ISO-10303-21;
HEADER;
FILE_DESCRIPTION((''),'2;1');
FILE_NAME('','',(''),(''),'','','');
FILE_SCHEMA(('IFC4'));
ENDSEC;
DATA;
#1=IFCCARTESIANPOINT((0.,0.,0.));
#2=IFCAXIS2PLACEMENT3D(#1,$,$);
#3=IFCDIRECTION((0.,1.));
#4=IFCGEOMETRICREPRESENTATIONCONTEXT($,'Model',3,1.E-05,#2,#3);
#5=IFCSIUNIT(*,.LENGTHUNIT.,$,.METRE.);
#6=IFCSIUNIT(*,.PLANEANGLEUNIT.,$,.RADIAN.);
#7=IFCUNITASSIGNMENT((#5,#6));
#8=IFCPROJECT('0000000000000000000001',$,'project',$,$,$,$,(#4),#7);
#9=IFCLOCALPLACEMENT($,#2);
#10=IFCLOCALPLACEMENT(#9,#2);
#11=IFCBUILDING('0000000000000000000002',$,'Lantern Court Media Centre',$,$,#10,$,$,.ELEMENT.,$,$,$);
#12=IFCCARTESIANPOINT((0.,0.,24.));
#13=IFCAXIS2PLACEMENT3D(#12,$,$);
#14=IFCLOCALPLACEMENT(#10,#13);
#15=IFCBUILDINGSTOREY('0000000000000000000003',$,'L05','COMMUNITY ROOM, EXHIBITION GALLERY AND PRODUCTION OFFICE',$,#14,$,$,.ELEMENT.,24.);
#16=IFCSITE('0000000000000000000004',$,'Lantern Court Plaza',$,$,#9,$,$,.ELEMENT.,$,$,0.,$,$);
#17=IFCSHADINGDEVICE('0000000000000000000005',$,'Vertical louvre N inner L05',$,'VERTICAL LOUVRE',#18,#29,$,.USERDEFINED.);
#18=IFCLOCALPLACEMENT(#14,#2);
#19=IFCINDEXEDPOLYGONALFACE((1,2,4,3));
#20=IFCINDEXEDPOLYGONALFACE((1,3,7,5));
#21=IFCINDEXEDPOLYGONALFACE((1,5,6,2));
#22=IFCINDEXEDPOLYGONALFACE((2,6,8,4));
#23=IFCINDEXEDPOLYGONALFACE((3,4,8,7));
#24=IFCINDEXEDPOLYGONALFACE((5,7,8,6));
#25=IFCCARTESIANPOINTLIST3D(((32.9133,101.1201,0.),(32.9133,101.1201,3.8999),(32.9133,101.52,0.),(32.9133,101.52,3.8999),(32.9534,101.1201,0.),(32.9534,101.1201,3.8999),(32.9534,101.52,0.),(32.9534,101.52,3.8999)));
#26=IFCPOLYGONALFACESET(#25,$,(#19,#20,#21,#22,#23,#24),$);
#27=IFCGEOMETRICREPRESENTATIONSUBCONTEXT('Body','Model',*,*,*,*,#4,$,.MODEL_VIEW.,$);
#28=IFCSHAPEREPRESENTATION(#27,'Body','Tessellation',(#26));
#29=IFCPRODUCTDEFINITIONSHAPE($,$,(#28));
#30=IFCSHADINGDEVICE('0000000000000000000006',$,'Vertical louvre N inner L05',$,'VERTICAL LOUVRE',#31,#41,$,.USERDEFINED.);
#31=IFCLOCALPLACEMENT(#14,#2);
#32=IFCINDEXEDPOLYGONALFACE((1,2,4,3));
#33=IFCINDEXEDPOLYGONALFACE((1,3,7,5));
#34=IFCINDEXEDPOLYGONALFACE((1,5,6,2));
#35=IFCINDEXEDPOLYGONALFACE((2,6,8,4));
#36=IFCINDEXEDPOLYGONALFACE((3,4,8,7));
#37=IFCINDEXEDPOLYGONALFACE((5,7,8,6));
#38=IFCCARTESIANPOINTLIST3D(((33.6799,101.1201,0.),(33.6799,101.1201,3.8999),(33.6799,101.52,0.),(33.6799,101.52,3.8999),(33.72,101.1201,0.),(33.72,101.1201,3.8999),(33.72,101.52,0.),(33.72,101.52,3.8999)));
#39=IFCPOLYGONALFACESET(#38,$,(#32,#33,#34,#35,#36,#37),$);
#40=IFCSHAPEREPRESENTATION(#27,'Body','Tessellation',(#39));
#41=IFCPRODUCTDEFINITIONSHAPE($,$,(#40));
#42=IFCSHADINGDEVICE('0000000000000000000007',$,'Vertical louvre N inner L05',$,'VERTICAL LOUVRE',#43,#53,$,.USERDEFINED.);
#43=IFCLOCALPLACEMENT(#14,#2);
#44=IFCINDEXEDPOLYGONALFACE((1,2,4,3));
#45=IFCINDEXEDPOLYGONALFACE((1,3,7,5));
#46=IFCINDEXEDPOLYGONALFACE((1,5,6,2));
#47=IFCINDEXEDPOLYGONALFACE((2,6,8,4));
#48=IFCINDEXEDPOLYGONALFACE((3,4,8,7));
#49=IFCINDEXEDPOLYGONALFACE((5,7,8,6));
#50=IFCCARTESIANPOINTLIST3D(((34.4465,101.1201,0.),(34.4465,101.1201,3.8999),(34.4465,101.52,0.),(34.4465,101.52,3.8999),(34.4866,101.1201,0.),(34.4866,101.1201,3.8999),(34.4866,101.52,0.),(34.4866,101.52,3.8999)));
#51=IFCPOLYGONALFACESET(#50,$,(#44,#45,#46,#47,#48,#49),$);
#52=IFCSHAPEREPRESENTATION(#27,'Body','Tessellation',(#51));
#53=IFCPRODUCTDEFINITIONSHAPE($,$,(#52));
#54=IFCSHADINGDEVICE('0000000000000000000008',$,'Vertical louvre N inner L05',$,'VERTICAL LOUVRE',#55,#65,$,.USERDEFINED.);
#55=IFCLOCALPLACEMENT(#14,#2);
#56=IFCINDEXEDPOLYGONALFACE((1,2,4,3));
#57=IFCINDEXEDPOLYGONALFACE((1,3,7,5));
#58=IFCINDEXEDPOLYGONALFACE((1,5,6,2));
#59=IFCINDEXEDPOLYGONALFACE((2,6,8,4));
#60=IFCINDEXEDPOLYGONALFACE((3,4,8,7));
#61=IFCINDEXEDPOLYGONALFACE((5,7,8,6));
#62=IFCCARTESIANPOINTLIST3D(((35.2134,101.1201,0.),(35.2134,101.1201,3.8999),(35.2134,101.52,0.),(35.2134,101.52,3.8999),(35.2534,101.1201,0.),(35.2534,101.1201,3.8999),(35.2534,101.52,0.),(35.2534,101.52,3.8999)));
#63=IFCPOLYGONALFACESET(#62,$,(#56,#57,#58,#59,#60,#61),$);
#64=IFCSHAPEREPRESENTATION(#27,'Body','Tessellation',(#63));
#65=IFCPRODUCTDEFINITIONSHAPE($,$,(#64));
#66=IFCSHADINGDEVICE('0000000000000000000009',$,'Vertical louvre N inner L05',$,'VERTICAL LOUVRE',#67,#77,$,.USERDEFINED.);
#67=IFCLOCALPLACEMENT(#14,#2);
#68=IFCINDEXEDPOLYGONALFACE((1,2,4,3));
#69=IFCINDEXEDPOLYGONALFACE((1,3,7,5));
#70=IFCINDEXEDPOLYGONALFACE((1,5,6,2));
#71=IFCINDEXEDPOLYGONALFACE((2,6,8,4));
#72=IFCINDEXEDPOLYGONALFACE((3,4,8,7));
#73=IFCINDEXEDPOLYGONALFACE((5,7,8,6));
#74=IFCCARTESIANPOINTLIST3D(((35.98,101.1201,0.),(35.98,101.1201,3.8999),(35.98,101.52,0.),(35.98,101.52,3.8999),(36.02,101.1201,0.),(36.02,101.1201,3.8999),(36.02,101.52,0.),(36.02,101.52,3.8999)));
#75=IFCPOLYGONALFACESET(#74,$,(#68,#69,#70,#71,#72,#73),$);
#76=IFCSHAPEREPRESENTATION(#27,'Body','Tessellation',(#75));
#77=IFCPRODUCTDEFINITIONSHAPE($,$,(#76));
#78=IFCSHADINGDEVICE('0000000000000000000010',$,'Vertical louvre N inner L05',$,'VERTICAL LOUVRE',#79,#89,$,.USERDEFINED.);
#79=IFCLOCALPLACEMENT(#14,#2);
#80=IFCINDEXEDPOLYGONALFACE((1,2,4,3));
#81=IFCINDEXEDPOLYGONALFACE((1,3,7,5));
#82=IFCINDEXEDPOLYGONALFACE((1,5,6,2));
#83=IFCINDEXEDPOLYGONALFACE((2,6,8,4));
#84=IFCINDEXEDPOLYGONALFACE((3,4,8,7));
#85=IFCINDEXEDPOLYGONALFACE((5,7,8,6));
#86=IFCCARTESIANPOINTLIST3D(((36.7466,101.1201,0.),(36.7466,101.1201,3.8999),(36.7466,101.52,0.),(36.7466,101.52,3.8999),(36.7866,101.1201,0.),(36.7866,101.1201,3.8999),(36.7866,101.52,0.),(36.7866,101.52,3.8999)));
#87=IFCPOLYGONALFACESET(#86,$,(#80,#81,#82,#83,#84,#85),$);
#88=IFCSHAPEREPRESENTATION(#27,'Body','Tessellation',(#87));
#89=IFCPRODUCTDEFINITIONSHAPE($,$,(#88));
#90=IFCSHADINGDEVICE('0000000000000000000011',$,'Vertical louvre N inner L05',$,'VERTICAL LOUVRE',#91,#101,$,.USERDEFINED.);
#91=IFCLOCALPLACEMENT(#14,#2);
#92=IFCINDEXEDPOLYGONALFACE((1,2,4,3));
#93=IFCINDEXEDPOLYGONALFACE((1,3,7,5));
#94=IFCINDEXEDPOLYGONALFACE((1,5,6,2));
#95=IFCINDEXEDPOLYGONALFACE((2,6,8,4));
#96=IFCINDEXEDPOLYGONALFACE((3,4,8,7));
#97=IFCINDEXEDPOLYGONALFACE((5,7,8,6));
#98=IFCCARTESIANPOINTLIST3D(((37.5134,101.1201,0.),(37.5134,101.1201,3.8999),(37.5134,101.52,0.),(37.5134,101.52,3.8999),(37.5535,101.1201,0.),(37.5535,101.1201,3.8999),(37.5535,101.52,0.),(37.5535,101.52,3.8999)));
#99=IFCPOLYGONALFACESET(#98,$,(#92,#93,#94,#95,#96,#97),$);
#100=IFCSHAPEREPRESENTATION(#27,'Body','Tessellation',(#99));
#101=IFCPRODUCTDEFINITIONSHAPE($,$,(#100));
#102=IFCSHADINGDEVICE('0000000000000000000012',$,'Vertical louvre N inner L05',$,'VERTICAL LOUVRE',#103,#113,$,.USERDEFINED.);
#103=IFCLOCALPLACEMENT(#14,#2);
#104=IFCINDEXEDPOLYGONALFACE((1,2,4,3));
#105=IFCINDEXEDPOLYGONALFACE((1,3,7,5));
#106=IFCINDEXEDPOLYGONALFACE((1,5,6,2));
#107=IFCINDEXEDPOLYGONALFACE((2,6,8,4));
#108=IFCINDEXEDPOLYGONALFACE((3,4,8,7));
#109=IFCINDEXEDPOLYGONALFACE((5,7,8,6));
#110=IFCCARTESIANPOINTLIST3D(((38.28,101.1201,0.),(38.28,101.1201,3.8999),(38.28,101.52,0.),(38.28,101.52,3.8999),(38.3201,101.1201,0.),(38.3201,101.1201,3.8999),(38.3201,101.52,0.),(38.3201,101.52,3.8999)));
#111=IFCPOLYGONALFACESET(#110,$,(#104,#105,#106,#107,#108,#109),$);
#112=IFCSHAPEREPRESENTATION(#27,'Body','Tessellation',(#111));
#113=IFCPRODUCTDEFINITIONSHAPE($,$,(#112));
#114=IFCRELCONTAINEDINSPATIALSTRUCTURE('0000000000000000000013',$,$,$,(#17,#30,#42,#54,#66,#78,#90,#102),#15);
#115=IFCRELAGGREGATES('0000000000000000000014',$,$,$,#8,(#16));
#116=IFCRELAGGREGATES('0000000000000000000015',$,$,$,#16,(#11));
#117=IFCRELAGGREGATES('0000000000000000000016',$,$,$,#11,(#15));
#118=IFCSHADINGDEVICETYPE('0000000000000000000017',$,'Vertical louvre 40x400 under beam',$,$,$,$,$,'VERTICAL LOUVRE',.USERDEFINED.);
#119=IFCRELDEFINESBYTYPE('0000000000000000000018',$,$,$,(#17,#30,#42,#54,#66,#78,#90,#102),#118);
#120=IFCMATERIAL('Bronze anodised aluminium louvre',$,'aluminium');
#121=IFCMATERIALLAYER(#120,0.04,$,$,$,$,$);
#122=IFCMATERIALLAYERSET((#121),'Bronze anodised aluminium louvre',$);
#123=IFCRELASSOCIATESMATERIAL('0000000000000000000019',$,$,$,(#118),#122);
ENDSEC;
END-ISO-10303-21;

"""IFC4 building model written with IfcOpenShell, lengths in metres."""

from ifc_helpers import new_model, si_unit, direction, frame, origin, origin_2d, place, context, subcontext, project, spatial, rectangle, extrude, material, layer, layer_set, type_object, element, save


model = new_model("IFC4")

# Units and contexts
model_context = context("Model", 3, precision=1e-05, world=origin(), true_north=direction((0.0, 1.0)))
body_context = subcontext(model_context, "Body", "Model", "MODEL_VIEW")
ifc_project = project(units=[si_unit("LENGTHUNIT", "METRE"), si_unit("PLANEANGLEUNIT", "RADIAN")], contexts=[model_context])

# Site, building, storey
site_placement = place(None, origin())
site = spatial("IfcSite", under=ifc_project, at=site_placement, Name="Lantern Court Plaza", CompositionType="ELEMENT", RefElevation=0.0)
building_placement = place(site_placement, origin())
building = spatial("IfcBuilding", under=site, at=building_placement, Name="Lantern Court Media Centre", CompositionType="ELEMENT")
storey_placement = place(building_placement, frame((0.0, 0.0, 24.0)))
storey = spatial("IfcBuildingStorey", under=building, at=storey_placement, Name="L05", Description="COMMUNITY ROOM, EXHIBITION GALLERY AND PRODUCTION OFFICE", CompositionType="ELEMENT", Elevation=24.0)

# Shading devices
ifc_material_1 = material(Name="Bronze anodised aluminium louvre", Category="aluminium")
ifc_layer_1 = layer(ifc_material_1, 0.04)
ifc_layer_set_1 = layer_set([ifc_layer_1], Name="Bronze anodised aluminium louvre")
shading_device_type = type_object("IfcShadingDeviceType", Name="Vertical louvre 40x400 under beam", ElementType="VERTICAL LOUVRE", PredefinedType="USERDEFINED", material=ifc_layer_set_1)
for number, where, z_axis, x_axis, name in (
    (1, (32.9333, 101.3201, 0.0), (0.0, 0.0, 1.0), (1.0, 0.0, 0.0), "Vertical louvre N inner L05"),
    (2, (33.7, 101.3201, 0.0), (0.0, 0.0, 1.0), (1.0, 0.0, 0.0), "Vertical louvre N inner L05"),
    (3, (34.4666, 101.3201, 0.0), (0.0, 0.0, 1.0), (1.0, 0.0, 0.0), "Vertical louvre N inner L05"),
    (4, (35.2334, 101.3201, 0.0), (0.0, 0.0, 1.0), (1.0, 0.0, 0.0), "Vertical louvre N inner L05"),
    (5, (36.0, 101.3201, 0.0), (0.0, 0.0, 1.0), (1.0, 0.0, 0.0), "Vertical louvre N inner L05"),
    (6, (36.7666, 101.3201, 0.0), (0.0, 0.0, 1.0), (1.0, 0.0, 0.0), "Vertical louvre N inner L05"),
    (7, (37.5334, 101.3201, 0.0), (0.0, 0.0, 1.0), (1.0, 0.0, 0.0), "Vertical louvre N inner L05"),
    (8, (38.3, 101.3201, 0.0), (0.0, 0.0, 1.0), (1.0, 0.0, 0.0), "Vertical louvre N inner L05"),
):
    element("IfcShadingDevice", number, at=place(storey_placement, frame(where, z_axis=z_axis, x_axis=x_axis)), inside=storey, type_object=shading_device_type, Name=name, ObjectType="VERTICAL LOUVRE", PredefinedType="USERDEFINED", context=body_context, shape_type="SweptSolid", body=[
        extrude(rectangle(XDim=0.04, YDim=0.3999, at=origin_2d()), origin(), (0.0, 0.0, 1.0), 3.8999),
    ])

save(model, "model.ifc")
